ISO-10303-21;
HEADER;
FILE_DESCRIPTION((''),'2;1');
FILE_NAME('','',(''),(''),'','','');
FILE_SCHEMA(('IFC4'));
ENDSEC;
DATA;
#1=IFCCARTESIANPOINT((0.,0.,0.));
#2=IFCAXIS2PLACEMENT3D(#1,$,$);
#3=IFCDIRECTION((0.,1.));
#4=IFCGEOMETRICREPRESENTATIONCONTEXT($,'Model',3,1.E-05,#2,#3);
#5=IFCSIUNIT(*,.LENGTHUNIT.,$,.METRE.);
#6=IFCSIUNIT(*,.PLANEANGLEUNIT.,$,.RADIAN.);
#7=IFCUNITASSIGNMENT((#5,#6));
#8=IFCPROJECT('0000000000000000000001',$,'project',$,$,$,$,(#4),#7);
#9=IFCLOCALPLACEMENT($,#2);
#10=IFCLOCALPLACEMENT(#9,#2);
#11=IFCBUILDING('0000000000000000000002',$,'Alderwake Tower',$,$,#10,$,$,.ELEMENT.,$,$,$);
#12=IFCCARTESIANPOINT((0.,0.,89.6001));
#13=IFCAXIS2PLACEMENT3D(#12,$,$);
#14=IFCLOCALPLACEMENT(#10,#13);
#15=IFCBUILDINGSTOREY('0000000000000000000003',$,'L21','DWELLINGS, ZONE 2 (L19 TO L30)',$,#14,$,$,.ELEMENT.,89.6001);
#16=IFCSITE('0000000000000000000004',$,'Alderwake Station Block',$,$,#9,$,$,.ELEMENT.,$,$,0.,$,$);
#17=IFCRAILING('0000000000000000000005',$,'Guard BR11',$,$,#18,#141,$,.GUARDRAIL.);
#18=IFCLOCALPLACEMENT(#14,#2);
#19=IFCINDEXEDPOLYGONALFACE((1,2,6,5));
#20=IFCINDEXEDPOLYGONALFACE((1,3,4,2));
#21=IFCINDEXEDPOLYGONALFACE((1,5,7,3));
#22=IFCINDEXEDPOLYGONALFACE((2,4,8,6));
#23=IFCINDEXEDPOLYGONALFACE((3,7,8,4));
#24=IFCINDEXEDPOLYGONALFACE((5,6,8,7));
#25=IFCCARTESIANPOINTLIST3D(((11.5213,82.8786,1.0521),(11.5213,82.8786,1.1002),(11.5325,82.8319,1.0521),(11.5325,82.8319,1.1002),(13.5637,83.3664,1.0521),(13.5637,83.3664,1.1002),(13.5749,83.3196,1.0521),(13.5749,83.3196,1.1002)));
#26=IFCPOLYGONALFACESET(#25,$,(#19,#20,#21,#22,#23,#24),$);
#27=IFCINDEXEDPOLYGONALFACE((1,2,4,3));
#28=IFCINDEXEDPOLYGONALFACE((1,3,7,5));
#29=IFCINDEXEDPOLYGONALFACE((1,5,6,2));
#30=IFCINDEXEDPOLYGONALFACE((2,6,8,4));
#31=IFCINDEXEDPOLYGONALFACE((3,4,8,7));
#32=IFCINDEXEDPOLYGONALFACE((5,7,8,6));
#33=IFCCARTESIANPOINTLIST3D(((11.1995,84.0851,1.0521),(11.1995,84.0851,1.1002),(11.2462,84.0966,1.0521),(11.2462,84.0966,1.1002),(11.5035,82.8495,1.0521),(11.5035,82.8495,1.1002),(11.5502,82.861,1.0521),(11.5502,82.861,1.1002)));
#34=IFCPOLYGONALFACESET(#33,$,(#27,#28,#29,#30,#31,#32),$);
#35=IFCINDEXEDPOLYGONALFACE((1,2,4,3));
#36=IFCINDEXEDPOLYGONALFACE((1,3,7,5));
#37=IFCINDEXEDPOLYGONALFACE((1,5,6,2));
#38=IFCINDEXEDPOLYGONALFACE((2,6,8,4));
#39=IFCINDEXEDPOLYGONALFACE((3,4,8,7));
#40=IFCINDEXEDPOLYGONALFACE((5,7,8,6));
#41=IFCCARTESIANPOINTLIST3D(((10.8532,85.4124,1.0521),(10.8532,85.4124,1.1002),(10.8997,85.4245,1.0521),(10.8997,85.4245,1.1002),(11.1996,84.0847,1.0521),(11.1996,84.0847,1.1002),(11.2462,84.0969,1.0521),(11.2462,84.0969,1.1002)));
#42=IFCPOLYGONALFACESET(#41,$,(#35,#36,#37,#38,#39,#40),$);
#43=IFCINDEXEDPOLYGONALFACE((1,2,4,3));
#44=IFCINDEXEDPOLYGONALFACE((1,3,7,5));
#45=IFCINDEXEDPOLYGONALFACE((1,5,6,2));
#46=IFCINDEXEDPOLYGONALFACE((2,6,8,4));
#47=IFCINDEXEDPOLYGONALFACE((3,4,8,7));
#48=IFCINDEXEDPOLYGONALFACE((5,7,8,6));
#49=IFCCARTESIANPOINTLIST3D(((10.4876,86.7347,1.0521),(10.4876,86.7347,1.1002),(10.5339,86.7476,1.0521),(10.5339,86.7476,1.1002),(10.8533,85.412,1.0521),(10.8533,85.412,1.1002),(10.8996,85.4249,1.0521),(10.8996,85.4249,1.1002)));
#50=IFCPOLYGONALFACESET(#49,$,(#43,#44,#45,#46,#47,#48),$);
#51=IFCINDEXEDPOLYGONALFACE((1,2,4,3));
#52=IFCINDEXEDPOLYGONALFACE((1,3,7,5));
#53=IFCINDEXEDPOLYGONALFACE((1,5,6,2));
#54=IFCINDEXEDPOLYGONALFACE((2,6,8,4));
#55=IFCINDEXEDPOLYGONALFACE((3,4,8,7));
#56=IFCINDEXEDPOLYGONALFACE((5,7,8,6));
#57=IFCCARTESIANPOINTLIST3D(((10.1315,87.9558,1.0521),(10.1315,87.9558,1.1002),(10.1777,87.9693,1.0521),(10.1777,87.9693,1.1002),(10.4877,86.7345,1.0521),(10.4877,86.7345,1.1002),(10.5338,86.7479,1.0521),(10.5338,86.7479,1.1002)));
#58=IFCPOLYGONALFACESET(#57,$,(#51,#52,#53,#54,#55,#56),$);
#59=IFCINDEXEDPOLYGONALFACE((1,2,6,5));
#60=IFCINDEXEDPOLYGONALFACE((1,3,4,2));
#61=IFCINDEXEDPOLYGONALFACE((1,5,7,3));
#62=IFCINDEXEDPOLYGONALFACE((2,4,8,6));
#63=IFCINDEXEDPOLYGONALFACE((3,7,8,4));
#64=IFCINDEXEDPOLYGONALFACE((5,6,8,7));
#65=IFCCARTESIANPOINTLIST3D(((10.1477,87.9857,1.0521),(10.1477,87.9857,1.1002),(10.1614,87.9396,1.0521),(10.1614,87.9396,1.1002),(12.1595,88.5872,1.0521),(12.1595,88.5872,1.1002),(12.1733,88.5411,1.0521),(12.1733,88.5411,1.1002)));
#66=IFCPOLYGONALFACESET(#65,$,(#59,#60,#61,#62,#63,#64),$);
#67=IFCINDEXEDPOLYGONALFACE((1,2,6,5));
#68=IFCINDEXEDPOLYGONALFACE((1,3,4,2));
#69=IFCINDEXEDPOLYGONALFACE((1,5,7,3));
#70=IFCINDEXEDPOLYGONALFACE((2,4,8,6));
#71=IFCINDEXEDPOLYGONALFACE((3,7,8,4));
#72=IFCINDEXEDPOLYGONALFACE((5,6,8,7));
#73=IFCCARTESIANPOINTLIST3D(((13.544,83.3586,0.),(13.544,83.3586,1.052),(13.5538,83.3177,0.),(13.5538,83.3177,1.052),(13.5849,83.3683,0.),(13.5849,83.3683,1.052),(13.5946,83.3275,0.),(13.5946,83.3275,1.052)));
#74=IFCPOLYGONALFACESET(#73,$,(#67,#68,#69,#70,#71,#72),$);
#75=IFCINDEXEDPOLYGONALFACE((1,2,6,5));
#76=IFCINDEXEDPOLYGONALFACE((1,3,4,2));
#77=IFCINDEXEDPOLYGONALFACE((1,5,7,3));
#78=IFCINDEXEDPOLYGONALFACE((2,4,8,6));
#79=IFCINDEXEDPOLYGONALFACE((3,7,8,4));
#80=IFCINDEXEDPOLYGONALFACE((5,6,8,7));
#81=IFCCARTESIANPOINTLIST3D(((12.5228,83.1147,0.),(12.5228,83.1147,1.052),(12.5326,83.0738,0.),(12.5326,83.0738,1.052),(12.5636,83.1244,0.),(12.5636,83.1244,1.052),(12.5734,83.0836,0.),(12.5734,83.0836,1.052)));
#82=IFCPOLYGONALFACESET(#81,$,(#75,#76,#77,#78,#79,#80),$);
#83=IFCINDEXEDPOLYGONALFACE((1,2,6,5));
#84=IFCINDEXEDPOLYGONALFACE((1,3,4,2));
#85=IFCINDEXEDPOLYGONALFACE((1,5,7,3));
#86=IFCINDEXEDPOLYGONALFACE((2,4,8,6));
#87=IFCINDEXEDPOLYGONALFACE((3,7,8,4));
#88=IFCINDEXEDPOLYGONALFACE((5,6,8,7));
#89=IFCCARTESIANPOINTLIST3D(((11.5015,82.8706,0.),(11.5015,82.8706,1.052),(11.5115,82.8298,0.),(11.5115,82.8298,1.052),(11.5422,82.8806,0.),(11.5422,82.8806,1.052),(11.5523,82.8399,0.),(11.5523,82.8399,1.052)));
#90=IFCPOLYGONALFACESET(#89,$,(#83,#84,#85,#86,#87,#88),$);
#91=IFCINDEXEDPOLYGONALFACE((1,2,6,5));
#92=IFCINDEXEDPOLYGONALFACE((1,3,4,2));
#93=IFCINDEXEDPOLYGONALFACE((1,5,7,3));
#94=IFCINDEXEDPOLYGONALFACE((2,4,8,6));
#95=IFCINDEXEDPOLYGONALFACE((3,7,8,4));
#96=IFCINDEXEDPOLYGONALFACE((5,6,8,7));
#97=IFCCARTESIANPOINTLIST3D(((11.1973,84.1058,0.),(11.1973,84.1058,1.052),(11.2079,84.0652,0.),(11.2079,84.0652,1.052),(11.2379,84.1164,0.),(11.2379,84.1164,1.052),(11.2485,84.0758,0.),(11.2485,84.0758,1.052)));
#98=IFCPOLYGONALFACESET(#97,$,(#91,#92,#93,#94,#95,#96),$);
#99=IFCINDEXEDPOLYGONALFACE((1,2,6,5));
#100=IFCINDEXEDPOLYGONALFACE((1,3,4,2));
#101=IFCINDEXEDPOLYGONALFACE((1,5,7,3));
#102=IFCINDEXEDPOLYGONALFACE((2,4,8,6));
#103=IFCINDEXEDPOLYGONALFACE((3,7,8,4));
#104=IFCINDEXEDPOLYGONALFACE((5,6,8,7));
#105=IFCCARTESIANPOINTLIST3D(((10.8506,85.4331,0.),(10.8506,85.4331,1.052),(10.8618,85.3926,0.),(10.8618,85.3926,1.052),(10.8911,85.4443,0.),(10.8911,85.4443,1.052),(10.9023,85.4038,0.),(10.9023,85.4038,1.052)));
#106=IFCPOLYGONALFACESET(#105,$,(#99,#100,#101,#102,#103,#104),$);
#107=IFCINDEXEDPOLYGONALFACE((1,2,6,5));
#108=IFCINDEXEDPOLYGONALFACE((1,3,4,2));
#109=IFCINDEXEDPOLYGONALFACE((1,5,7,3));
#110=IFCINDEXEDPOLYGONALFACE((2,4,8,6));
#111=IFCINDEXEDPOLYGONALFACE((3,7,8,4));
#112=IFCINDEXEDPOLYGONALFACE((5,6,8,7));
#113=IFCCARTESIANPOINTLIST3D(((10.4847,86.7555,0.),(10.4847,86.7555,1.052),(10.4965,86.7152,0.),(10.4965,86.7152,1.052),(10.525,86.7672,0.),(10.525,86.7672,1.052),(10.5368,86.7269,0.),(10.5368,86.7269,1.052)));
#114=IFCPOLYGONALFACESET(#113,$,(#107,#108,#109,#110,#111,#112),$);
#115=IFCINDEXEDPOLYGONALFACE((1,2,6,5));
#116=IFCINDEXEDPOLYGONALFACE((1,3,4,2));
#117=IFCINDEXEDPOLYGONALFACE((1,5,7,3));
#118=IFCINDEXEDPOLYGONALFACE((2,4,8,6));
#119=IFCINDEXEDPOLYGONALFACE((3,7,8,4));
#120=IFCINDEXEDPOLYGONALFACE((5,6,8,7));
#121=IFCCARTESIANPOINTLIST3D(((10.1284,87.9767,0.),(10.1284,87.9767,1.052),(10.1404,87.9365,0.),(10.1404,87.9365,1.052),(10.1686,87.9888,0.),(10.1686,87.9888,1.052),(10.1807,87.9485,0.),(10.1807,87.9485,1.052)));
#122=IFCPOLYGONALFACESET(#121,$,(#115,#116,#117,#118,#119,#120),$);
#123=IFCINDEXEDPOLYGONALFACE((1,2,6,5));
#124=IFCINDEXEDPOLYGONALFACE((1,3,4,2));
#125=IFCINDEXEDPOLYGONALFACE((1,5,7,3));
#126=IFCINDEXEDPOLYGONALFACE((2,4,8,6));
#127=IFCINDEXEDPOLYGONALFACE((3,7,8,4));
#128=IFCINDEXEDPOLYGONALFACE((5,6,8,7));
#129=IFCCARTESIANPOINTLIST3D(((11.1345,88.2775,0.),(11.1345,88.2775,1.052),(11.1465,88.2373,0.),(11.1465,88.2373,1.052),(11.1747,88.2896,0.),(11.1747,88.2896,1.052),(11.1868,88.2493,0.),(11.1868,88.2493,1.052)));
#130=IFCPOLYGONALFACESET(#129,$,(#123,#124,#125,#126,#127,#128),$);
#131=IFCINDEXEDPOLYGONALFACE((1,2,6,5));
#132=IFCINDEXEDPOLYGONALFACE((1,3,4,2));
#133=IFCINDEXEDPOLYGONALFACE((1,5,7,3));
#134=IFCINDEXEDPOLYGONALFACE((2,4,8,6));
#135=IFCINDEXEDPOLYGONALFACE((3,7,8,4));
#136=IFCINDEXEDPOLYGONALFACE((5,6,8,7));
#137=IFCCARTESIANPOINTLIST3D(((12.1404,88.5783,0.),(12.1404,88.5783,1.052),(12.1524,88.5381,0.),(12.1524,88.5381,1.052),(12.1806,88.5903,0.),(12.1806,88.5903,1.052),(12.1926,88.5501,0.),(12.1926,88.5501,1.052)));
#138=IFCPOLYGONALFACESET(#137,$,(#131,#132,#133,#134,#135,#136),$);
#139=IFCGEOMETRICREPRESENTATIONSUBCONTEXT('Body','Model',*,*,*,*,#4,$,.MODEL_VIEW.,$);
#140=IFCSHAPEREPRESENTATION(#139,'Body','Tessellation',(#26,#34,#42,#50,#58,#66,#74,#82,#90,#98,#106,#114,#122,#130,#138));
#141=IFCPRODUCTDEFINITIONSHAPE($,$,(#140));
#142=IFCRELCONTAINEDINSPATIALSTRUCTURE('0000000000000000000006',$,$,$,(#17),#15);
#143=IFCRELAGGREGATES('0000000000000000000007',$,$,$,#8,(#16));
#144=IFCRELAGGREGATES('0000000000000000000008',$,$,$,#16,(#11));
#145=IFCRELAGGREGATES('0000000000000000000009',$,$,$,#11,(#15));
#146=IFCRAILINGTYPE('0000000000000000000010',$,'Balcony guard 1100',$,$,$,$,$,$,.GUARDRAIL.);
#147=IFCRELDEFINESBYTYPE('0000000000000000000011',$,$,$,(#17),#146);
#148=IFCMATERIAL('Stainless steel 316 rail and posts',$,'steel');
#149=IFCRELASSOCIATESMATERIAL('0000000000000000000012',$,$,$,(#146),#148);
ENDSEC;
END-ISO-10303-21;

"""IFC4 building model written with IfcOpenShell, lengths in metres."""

from ifc_helpers import new_model, si_unit, direction, frame, origin, origin_2d, place, context, subcontext, project, spatial, rectangle, extrude, material, type_object, element, save


model = new_model("IFC4")

# Units and contexts
model_context = context("Model", 3, precision=1e-05, world=origin(), true_north=direction((0.0, 1.0)))
body_context = subcontext(model_context, "Body", "Model", "MODEL_VIEW")
ifc_project = project(units=[si_unit("LENGTHUNIT", "METRE"), si_unit("PLANEANGLEUNIT", "RADIAN")], contexts=[model_context])

# Site, building, storey
site_placement = place(None, origin())
site = spatial("IfcSite", under=ifc_project, at=site_placement, Name="Alderwake Station Block", CompositionType="ELEMENT", RefElevation=0.0)
building_placement = place(site_placement, origin())
building = spatial("IfcBuilding", under=site, at=building_placement, Name="Alderwake Tower", CompositionType="ELEMENT")
storey_placement = place(building_placement, frame((0.0, 0.0, 89.6001)))
storey = spatial("IfcBuildingStorey", under=building, at=storey_placement, Name="L21", Description="DWELLINGS, ZONE 2 (L19 TO L30)", CompositionType="ELEMENT", Elevation=89.6001)

# Railing
ifc_material_1 = material(Name="Stainless steel 316 rail and posts", Category="steel")
railing_type = type_object("IfcRailingType", Name="Balcony guard 1100", PredefinedType="GUARDRAIL", material=ifc_material_1)
railing_1_placement = place(storey_placement, frame((13.5693, 83.343, 0.0)))
element("IfcRailing", 1, at=railing_1_placement, inside=storey, type_object=railing_type, Name="Guard BR11", PredefinedType="GUARDRAIL", context=body_context, shape_type="SweptSolid", body=[
    extrude(rectangle(XDim=0.0481, YDim=0.0481, at=origin_2d()), frame((0.0, 0.0, 1.0762), z_axis=(-0.972646, -0.232291, 0.0), x_axis=(0.232291, -0.972646, 0.0)), (0.0, 0.0, 1.0), 2.0999),
    extrude(rectangle(XDim=0.0481, YDim=0.0481, at=origin_2d()), frame((-2.0425, -0.4878, 1.0762), z_axis=(-0.238877, 0.97105, 0.0), x_axis=(-0.97105, -0.238877, 0.0)), (0.0, 0.0, 1.0), 1.2725),
    extrude(rectangle(XDim=0.0481, YDim=0.0481, at=origin_2d()), frame((-2.3464, 0.7478, 1.0762), z_axis=(-0.252487, 0.9676, 0.0), x_axis=(-0.9676, -0.252487, 0.0)), (0.0, 0.0, 1.0), 1.3721),
    extrude(rectangle(XDim=0.0481, YDim=0.0481, at=origin_2d()), frame((-2.6929, 2.0754, 1.0762), z_axis=(-0.266488, 0.963838, 0.0), x_axis=(-0.963838, -0.266488, 0.0)), (0.0, 0.0, 1.0), 1.3723),
    extrude(rectangle(XDim=0.0481, YDim=0.0481, at=origin_2d()), frame((-3.0586, 3.3982, 1.0762), z_axis=(-0.279963, 0.960011, 0.0), x_axis=(-0.960011, -0.279963, 0.0)), (0.0, 0.0, 1.0), 1.2722),
    extrude(rectangle(XDim=0.0481, YDim=0.0481, at=origin_2d()), frame((-3.4148, 4.6196, 1.0762), z_axis=(0.958091, 0.286462, 0.0), x_axis=(-0.286462, 0.958091, 0.0)), (0.0, 0.0, 1.0), 2.0999),
    extrude(rectangle(XDim=0.042, YDim=0.042, at=origin_2d()), frame((0.0, 0.0, 0.0), z_axis=(0.0, 0.0, 1.0), x_axis=(-0.972646, -0.232291, 0.0)), (0.0, 0.0, 1.0), 1.052),
    extrude(rectangle(XDim=0.042, YDim=0.042, at=origin_2d()), frame((-1.0212, -0.2439, 0.0), z_axis=(0.0, 0.0, 1.0), x_axis=(-0.972646, -0.232291, 0.0)), (0.0, 0.0, 1.0), 1.052),
    extrude(rectangle(XDim=0.042, YDim=0.042, at=origin_2d()), frame((-2.0425, -0.4878, 0.0), z_axis=(0.0, 0.0, 1.0), x_axis=(-0.238877, 0.97105, 0.0)), (0.0, 0.0, 1.0), 1.052),
    extrude(rectangle(XDim=0.042, YDim=0.042, at=origin_2d()), frame((-2.3464, 0.7478, 0.0), z_axis=(0.0, 0.0, 1.0), x_axis=(-0.252487, 0.9676, 0.0)), (0.0, 0.0, 1.0), 1.052),
    extrude(rectangle(XDim=0.042, YDim=0.042, at=origin_2d()), frame((-2.6929, 2.0754, 0.0), z_axis=(0.0, 0.0, 1.0), x_axis=(-0.266488, 0.963838, 0.0)), (0.0, 0.0, 1.0), 1.052),
    extrude(rectangle(XDim=0.042, YDim=0.042, at=origin_2d()), frame((-3.0586, 3.3982, 0.0), z_axis=(0.0, 0.0, 1.0), x_axis=(-0.279963, 0.960011, 0.0)), (0.0, 0.0, 1.0), 1.052),
    extrude(rectangle(XDim=0.042, YDim=0.042, at=origin_2d()), frame((-3.4148, 4.6196, 0.0), z_axis=(0.0, 0.0, 1.0), x_axis=(0.958091, 0.286462, 0.0)), (0.0, 0.0, 1.0), 1.052),
    extrude(rectangle(XDim=0.042, YDim=0.042, at=origin_2d()), frame((-2.4087, 4.9204, 0.0), z_axis=(0.0, 0.0, 1.0), x_axis=(0.958091, 0.286462, 0.0)), (0.0, 0.0, 1.0), 1.052),
    extrude(rectangle(XDim=0.042, YDim=0.042, at=origin_2d()), frame((-1.4028, 5.2212, 0.0), z_axis=(0.0, 0.0, 1.0), x_axis=(0.958091, 0.286462, 0.0)), (0.0, 0.0, 1.0), 1.052),
])

save(model, "model.ifc")
